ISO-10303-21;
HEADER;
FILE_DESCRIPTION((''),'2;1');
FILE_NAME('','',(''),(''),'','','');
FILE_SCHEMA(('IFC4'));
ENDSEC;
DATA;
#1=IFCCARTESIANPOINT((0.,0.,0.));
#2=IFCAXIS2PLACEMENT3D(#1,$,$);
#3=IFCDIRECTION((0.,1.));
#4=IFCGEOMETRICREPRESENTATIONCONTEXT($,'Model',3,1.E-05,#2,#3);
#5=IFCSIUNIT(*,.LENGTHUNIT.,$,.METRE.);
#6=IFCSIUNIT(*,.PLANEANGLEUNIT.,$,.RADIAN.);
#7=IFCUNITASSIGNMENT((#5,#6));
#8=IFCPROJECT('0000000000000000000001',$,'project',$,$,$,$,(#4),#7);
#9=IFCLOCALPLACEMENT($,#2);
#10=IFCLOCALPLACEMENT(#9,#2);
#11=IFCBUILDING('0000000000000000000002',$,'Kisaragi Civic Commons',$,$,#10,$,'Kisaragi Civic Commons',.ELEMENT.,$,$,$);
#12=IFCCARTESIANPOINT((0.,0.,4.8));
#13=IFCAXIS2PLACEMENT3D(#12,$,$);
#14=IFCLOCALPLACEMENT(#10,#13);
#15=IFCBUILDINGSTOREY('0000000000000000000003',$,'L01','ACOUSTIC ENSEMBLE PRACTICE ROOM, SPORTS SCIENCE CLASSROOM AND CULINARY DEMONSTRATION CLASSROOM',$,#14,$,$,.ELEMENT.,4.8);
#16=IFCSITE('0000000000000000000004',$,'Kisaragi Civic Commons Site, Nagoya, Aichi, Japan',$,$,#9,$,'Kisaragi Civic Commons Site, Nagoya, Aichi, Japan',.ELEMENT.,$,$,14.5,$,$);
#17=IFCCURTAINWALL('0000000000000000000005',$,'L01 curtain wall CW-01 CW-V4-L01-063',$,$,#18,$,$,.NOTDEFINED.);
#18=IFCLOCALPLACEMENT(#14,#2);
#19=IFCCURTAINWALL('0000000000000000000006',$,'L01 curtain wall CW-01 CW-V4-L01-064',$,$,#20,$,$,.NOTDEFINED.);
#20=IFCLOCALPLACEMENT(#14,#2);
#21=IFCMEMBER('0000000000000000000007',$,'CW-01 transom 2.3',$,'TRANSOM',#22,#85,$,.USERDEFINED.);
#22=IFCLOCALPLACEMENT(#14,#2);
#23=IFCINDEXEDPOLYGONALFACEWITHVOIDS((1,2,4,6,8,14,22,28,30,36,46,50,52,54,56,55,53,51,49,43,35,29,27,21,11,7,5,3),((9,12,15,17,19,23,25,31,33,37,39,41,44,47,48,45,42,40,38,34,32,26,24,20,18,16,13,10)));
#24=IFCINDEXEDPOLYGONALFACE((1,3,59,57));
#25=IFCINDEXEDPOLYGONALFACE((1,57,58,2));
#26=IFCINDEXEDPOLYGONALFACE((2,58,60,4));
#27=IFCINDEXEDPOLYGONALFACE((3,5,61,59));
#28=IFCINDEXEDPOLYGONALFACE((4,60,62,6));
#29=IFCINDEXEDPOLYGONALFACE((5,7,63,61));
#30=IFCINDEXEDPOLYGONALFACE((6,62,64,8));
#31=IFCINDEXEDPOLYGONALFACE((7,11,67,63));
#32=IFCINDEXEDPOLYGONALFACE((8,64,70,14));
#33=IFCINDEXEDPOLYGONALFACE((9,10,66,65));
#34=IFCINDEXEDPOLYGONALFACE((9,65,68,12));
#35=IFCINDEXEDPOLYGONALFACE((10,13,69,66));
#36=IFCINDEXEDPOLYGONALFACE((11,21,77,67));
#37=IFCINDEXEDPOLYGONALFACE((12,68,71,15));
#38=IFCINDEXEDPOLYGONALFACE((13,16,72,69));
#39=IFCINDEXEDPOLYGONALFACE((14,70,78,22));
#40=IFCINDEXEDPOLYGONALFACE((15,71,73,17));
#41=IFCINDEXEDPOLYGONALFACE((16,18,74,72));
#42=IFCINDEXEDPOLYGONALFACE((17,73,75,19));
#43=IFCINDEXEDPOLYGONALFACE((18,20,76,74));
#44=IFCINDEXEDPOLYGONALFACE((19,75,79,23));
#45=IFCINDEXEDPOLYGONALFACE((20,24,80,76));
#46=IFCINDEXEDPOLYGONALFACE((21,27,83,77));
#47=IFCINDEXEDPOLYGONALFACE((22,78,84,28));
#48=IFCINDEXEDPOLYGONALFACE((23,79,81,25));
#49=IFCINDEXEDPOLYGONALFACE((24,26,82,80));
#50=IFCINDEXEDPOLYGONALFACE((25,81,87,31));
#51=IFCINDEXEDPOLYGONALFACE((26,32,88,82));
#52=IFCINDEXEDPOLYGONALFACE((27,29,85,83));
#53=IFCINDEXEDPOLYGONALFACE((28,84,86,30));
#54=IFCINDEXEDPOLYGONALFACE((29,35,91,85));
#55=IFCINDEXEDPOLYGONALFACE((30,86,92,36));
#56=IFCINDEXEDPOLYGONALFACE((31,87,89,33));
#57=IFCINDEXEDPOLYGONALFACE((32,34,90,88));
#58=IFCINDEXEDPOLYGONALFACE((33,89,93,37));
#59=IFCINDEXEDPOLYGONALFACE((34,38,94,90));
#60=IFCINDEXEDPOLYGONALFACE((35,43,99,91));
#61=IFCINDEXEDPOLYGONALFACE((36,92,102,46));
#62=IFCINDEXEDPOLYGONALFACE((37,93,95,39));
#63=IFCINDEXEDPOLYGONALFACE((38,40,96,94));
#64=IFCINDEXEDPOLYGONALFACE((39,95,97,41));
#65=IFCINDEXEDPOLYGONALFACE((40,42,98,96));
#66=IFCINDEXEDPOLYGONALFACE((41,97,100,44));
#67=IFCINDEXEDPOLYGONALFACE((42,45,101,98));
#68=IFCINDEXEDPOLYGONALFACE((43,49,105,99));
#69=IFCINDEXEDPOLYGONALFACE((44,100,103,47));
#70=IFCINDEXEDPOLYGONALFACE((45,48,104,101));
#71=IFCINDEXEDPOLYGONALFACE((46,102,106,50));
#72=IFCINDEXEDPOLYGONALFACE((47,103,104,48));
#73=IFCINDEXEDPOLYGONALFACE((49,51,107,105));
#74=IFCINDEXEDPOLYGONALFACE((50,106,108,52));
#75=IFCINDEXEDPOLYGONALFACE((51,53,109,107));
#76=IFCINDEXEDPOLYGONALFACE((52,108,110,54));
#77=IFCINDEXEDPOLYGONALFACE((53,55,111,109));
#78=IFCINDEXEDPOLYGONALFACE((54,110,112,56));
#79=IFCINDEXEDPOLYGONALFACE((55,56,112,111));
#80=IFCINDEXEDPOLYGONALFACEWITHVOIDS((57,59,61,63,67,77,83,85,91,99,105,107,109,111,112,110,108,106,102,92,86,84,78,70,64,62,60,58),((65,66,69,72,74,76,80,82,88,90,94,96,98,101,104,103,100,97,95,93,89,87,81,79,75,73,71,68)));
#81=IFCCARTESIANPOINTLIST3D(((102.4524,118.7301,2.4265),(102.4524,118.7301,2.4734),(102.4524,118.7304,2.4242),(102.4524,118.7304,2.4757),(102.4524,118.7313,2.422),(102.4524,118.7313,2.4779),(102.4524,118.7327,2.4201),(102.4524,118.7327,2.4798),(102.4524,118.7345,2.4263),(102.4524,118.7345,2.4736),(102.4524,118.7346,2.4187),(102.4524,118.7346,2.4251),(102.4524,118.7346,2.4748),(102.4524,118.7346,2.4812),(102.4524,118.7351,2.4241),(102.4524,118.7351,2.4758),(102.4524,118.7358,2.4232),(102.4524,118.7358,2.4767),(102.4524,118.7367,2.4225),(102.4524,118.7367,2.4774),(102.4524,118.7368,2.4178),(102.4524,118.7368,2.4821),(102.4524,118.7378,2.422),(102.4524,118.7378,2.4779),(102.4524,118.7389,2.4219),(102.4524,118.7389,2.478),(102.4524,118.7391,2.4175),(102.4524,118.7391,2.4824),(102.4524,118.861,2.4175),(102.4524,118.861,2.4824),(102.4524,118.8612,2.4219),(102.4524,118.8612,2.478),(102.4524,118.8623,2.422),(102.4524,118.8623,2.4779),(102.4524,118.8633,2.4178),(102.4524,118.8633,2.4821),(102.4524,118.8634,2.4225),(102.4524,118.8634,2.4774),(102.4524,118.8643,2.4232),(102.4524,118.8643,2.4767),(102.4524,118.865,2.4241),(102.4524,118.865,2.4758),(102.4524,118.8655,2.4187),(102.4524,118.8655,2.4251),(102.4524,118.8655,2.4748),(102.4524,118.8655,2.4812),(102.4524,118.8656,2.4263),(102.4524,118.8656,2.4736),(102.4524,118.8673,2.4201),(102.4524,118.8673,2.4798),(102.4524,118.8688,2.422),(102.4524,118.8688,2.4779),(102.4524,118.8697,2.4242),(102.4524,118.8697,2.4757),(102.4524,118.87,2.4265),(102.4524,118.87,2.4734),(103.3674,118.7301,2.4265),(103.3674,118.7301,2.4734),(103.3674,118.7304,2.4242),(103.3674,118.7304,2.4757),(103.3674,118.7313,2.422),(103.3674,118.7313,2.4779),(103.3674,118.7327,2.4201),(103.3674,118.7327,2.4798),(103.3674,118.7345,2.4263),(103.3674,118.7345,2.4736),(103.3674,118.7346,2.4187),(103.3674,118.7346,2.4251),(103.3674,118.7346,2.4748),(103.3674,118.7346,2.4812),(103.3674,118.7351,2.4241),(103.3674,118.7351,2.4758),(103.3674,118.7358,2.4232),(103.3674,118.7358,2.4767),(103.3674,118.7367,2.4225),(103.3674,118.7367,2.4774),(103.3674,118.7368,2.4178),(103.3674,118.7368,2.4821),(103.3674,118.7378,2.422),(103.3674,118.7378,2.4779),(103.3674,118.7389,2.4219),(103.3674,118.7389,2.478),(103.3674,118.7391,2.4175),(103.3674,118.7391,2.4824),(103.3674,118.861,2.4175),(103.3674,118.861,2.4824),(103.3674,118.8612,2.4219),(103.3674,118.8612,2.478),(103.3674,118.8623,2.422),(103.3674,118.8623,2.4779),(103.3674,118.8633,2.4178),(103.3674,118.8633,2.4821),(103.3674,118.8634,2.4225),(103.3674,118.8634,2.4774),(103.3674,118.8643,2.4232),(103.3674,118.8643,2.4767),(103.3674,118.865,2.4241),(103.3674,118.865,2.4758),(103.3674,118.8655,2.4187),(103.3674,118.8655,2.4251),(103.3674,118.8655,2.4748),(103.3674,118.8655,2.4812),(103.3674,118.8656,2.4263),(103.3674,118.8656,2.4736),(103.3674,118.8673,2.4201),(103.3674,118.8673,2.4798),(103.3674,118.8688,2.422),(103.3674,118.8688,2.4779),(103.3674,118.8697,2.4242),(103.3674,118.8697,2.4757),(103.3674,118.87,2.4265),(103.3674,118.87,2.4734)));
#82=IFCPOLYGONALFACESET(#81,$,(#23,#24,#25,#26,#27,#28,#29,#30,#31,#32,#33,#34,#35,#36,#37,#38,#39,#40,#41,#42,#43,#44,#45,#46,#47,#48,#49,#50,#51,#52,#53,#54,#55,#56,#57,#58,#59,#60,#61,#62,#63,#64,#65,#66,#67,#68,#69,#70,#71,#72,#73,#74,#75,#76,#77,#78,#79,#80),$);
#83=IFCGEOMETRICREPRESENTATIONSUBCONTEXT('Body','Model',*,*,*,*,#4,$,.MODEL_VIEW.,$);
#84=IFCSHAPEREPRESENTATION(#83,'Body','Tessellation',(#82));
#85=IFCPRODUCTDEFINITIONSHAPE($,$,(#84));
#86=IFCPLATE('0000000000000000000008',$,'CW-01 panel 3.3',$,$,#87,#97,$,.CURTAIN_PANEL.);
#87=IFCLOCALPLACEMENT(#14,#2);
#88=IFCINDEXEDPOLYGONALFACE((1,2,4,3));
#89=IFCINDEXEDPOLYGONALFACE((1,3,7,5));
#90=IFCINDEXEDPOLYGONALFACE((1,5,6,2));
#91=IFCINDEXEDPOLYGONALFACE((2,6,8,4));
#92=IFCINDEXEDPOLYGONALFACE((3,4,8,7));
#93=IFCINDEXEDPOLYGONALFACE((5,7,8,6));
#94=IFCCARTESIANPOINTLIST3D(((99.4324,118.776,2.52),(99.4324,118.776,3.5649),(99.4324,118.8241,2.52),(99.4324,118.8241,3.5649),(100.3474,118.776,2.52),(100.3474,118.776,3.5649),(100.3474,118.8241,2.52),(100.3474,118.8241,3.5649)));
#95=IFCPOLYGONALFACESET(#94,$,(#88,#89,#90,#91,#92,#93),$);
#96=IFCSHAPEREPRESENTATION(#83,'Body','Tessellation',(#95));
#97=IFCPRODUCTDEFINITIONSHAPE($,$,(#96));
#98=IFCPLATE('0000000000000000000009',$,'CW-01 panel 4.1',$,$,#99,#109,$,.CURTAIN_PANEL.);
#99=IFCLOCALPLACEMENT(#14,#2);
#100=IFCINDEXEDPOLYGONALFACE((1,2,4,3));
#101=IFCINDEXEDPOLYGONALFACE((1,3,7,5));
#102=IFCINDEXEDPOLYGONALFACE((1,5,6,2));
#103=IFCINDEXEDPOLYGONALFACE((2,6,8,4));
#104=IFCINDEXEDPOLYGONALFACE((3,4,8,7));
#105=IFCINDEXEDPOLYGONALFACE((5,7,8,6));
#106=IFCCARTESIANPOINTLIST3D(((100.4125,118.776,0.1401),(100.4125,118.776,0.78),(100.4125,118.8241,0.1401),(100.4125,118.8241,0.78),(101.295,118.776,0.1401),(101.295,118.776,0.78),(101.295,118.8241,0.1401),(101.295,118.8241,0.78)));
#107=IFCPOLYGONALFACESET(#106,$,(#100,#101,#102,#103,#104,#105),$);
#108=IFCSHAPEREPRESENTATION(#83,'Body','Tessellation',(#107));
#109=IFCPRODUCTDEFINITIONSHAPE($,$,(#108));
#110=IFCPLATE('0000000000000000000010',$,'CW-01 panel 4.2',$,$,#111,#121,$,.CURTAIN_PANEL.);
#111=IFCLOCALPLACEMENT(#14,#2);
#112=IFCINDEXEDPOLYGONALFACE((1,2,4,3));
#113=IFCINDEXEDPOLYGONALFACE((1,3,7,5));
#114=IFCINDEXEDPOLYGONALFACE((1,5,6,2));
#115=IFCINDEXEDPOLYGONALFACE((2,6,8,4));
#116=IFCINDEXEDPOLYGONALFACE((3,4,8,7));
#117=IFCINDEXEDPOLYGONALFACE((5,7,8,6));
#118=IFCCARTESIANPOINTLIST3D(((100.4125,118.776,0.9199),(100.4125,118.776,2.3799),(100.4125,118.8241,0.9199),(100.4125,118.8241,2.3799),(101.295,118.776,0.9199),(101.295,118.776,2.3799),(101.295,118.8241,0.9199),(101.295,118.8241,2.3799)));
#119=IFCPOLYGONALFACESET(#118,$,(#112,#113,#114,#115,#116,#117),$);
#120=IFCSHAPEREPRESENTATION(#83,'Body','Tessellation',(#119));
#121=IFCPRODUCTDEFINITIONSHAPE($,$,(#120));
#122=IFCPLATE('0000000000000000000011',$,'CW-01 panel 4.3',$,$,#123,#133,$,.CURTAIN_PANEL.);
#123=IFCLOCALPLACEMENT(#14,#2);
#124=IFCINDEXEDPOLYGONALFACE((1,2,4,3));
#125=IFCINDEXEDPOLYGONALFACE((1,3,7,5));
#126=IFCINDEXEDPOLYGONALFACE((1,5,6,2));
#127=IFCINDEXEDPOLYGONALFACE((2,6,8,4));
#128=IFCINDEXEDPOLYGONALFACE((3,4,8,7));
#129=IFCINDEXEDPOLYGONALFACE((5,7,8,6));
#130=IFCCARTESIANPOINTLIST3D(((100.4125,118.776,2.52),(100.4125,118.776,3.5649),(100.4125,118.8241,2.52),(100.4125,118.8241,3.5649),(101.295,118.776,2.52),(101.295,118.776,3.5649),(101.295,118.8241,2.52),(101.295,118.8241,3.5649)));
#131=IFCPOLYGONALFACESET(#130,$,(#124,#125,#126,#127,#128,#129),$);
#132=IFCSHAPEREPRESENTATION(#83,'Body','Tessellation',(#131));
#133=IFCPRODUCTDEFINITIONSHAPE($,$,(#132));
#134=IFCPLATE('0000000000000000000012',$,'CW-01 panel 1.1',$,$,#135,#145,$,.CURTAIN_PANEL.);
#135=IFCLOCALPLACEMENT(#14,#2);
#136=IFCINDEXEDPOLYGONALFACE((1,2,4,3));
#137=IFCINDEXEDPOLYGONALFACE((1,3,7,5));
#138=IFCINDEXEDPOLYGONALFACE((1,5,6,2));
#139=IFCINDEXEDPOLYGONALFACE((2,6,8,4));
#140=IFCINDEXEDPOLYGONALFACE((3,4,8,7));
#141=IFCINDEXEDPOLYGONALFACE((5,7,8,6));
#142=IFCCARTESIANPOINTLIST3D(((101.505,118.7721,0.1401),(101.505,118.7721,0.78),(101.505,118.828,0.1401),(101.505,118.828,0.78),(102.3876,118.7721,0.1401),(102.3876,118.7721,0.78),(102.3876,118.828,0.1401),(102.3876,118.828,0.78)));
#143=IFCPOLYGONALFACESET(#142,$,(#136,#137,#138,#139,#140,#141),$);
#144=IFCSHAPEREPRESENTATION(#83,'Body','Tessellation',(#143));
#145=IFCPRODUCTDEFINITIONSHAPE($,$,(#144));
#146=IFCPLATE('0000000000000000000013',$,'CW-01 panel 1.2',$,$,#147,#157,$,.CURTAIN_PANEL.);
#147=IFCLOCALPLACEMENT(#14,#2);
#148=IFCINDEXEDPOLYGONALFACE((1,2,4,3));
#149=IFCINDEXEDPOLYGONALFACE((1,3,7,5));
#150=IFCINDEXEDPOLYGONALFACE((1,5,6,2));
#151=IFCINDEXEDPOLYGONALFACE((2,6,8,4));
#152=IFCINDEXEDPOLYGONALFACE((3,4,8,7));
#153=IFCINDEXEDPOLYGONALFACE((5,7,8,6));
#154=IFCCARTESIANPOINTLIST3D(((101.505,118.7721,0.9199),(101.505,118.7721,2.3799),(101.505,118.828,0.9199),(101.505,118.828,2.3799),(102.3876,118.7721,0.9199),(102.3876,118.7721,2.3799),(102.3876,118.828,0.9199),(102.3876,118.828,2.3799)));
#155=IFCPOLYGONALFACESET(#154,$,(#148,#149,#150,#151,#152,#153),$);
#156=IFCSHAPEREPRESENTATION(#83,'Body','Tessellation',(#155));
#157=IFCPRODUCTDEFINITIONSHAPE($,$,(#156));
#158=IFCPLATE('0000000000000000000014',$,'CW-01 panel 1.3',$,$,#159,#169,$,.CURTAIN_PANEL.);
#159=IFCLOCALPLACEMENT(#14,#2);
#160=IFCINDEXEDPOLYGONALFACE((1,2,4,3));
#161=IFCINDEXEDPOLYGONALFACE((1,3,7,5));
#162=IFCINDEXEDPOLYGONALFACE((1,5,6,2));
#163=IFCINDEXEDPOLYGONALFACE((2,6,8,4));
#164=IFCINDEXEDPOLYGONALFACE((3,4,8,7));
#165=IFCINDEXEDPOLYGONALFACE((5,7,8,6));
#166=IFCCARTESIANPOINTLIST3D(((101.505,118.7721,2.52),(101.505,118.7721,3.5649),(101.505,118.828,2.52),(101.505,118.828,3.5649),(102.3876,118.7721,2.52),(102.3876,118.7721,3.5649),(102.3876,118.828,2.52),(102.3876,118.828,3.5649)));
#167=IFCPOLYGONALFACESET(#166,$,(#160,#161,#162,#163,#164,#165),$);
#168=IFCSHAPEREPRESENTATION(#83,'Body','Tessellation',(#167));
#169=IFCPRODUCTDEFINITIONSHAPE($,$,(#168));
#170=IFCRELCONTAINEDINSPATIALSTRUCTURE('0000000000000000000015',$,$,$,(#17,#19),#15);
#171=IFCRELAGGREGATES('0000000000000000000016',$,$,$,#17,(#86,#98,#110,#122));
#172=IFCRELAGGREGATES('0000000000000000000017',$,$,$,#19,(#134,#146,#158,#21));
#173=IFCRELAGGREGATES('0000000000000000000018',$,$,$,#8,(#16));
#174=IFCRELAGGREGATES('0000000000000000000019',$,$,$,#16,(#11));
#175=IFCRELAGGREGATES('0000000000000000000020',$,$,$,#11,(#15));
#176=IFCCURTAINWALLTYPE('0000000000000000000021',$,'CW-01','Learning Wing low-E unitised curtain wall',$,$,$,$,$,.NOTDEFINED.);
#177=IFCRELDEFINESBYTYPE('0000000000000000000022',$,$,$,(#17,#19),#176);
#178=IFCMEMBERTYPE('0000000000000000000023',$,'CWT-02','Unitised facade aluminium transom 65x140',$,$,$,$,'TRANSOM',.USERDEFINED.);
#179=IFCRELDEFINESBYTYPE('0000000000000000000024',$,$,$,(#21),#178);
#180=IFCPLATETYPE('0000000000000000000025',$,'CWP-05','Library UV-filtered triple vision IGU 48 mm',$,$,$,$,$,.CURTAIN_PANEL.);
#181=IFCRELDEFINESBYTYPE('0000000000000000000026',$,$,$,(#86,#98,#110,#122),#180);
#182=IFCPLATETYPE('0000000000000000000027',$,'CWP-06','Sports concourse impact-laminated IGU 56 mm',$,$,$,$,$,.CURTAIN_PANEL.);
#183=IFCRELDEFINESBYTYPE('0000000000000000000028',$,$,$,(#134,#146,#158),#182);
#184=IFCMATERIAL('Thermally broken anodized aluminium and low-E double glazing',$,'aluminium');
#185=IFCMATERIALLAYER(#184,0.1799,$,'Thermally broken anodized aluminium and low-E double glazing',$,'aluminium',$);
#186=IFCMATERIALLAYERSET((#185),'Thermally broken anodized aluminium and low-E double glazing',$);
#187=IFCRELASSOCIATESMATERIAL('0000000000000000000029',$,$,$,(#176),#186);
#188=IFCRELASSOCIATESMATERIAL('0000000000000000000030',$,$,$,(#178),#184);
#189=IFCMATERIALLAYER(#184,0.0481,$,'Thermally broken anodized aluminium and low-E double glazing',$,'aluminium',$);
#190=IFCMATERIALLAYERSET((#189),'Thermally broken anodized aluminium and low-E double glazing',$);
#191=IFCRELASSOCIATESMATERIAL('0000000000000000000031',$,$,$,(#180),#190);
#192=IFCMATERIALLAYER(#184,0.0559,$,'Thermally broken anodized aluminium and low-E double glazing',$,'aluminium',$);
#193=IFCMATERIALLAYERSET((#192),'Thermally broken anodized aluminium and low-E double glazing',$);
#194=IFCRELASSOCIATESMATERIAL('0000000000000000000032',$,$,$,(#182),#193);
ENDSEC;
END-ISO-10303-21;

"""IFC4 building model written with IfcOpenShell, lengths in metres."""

from ifc_helpers import new_model, si_unit, direction, frame, origin, origin_2d, place, context, subcontext, project, spatial, rectangle, hollow_rectangle, extrude, material, layer, layer_set, material_profile, profile_set, type_object, element, aggregate, save


model = new_model("IFC4")

# Units and contexts
model_context = context("Model", 3, precision=1e-05, world=origin(), true_north=direction((0.0, 1.0)))
body_context = subcontext(model_context, "Body", "Model", "MODEL_VIEW")
ifc_project = project(units=[si_unit("LENGTHUNIT", "METRE"), si_unit("PLANEANGLEUNIT", "RADIAN")], contexts=[model_context])

# Site, building, storey
site_placement = place(None, origin())
site = spatial("IfcSite", under=ifc_project, at=site_placement, Name="Kisaragi Civic Commons Site, Nagoya, Aichi, Japan", LongName="Kisaragi Civic Commons Site, Nagoya, Aichi, Japan", CompositionType="ELEMENT", RefElevation=14.5)
building_placement = place(site_placement, origin())
building = spatial("IfcBuilding", under=site, at=building_placement, Name="Kisaragi Civic Commons", LongName="Kisaragi Civic Commons", CompositionType="ELEMENT")
storey_placement = place(building_placement, frame((0.0, 0.0, 4.8)))
storey = spatial("IfcBuildingStorey", under=building, at=storey_placement, Name="L01", Description="ACOUSTIC ENSEMBLE PRACTICE ROOM, SPORTS SCIENCE CLASSROOM AND CULINARY DEMONSTRATION CLASSROOM", CompositionType="ELEMENT", Elevation=4.8)

# Curtain walls
ifc_material = material(Name="Thermally broken anodized aluminium and low-E double glazing", Category="aluminium")
ifc_layer_1 = layer(ifc_material, 0.1799, Name="Thermally broken anodized aluminium and low-E double glazing", Category="aluminium")
ifc_layer_set_1 = layer_set([ifc_layer_1], Name="Thermally broken anodized aluminium and low-E double glazing")
curtain_wall_type = type_object("IfcCurtainWallType", Name="CW-01", Description="Learning Wing low-E unitised curtain wall", PredefinedType="NOTDEFINED", material=ifc_layer_set_1)
curtain_wall_1_placement = place(storey_placement, origin())
curtain_wall_1 = element("IfcCurtainWall", 1, at=curtain_wall_1_placement, inside=storey, type_object=curtain_wall_type, Name="L01 curtain wall CW-01 CW-V4-L01-063", PredefinedType="NOTDEFINED")
curtain_wall_2_placement = place(storey_placement, origin())
curtain_wall_2 = element("IfcCurtainWall", 2, at=curtain_wall_2_placement, inside=storey, type_object=curtain_wall_type, Name="L01 curtain wall CW-01 CW-V4-L01-064", PredefinedType="NOTDEFINED")

# Member
ifc_material_profile_1 = material_profile(ifc_material, hollow_rectangle(XDim=0.1399, YDim=0.0649, WallThickness=0.0044, InnerFilletRadius=0.0044, OuterFilletRadius=0.009, at=origin_2d()), Name="CWT-65x140x4.5", Category="aluminium")
ifc_profile_set_1 = profile_set([ifc_material_profile_1], Name="Thermally broken anodized aluminium and low-E double glazing")
member_type_1 = type_object("IfcMemberType", Name="CWT-02", Description="Unitised facade aluminium transom 65x140", ElementType="TRANSOM", PredefinedType="USERDEFINED", material=ifc_profile_set_1)
member_1_placement = place(storey_placement, frame((102.4524, 118.8, 2.45), z_axis=(1.0, 0.0, 0.0), x_axis=(0.0, 1.0, 0.0)))
member_1 = element("IfcMember", 3, at=member_1_placement, type_object=member_type_1, Name="CW-01 transom 2.3", ObjectType="TRANSOM", PredefinedType="USERDEFINED", context=body_context, shape_type="SweptSolid", body=[
    extrude(hollow_rectangle(XDim=0.1399, YDim=0.0649, WallThickness=0.0044, InnerFilletRadius=0.0044, OuterFilletRadius=0.009, at=origin_2d()), origin(), (0.0, 0.0, 1.0), 0.915),
])

# Plates
ifc_layer_2 = layer(ifc_material, 0.0481, Name="Thermally broken anodized aluminium and low-E double glazing", Category="aluminium")
ifc_layer_set_2 = layer_set([ifc_layer_2], Name="Thermally broken anodized aluminium and low-E double glazing")
plate_type_1 = type_object("IfcPlateType", Name="CWP-05", Description="Library UV-filtered triple vision IGU 48 mm", PredefinedType="CURTAIN_PANEL", material=ifc_layer_set_2)
plate_1_placement = place(storey_placement, frame((99.8899, 118.8, 2.52), z_axis=(0.0, 0.0, 1.0), x_axis=(1.0, 0.0, 0.0)))
plate_1 = element("IfcPlate", 4, at=plate_1_placement, type_object=plate_type_1, Name="CW-01 panel 3.3", PredefinedType="CURTAIN_PANEL", context=body_context, shape_type="SweptSolid", body=[
    extrude(rectangle(XDim=0.915, YDim=0.0481, at=origin_2d()), origin(), (0.0, 0.0, 1.0), 1.0449),
])
plate_2_placement = place(storey_placement, frame((100.8538, 118.8, 0.1401), z_axis=(0.0, 0.0, 1.0), x_axis=(1.0, 0.0, 0.0)))
plate_2 = element("IfcPlate", 5, at=plate_2_placement, type_object=plate_type_1, Name="CW-01 panel 4.1", PredefinedType="CURTAIN_PANEL", context=body_context, shape_type="SweptSolid", body=[
    extrude(rectangle(XDim=0.8826, YDim=0.0481, at=origin_2d()), origin(), (0.0, 0.0, 1.0), 0.6399),
])
plate_3_placement = place(storey_placement, frame((100.8538, 118.8, 0.9199), z_axis=(0.0, 0.0, 1.0), x_axis=(1.0, 0.0, 0.0)))
plate_3 = element("IfcPlate", 6, at=plate_3_placement, type_object=plate_type_1, Name="CW-01 panel 4.2", PredefinedType="CURTAIN_PANEL", context=body_context, shape_type="SweptSolid", body=[
    extrude(rectangle(XDim=0.8826, YDim=0.0481, at=origin_2d()), origin(), (0.0, 0.0, 1.0), 1.46),
])
plate_4_placement = place(storey_placement, frame((100.8538, 118.8, 2.52), z_axis=(0.0, 0.0, 1.0), x_axis=(1.0, 0.0, 0.0)))
plate_4 = element("IfcPlate", 7, at=plate_4_placement, type_object=plate_type_1, Name="CW-01 panel 4.3", PredefinedType="CURTAIN_PANEL", context=body_context, shape_type="SweptSolid", body=[
    extrude(rectangle(XDim=0.8826, YDim=0.0481, at=origin_2d()), origin(), (0.0, 0.0, 1.0), 1.0449),
])
aggregate(curtain_wall_1, [plate_1, plate_2, plate_3, plate_4])
ifc_layer_3 = layer(ifc_material, 0.0559, Name="Thermally broken anodized aluminium and low-E double glazing", Category="aluminium")
ifc_layer_set_3 = layer_set([ifc_layer_3], Name="Thermally broken anodized aluminium and low-E double glazing")
plate_type_2 = type_object("IfcPlateType", Name="CWP-06", Description="Sports concourse impact-laminated IGU 56 mm", PredefinedType="CURTAIN_PANEL", material=ifc_layer_set_3)
plate_5_placement = place(storey_placement, frame((101.9463, 118.8, 0.1401), z_axis=(0.0, 0.0, 1.0), x_axis=(1.0, 0.0, 0.0)))
plate_5 = element("IfcPlate", 8, at=plate_5_placement, type_object=plate_type_2, Name="CW-01 panel 1.1", PredefinedType="CURTAIN_PANEL", context=body_context, shape_type="SweptSolid", body=[
    extrude(rectangle(XDim=0.8826, YDim=0.0559, at=origin_2d()), origin(), (0.0, 0.0, 1.0), 0.6399),
])
plate_6_placement = place(storey_placement, frame((101.9463, 118.8, 0.9199), z_axis=(0.0, 0.0, 1.0), x_axis=(1.0, 0.0, 0.0)))
plate_6 = element("IfcPlate", 9, at=plate_6_placement, type_object=plate_type_2, Name="CW-01 panel 1.2", PredefinedType="CURTAIN_PANEL", context=body_context, shape_type="SweptSolid", body=[
    extrude(rectangle(XDim=0.8826, YDim=0.0559, at=origin_2d()), origin(), (0.0, 0.0, 1.0), 1.46),
])
plate_7_placement = place(storey_placement, frame((101.9463, 118.8, 2.52), z_axis=(0.0, 0.0, 1.0), x_axis=(1.0, 0.0, 0.0)))
plate_7 = element("IfcPlate", 10, at=plate_7_placement, type_object=plate_type_2, Name="CW-01 panel 1.3", PredefinedType="CURTAIN_PANEL", context=body_context, shape_type="SweptSolid", body=[
    extrude(rectangle(XDim=0.8826, YDim=0.0559, at=origin_2d()), origin(), (0.0, 0.0, 1.0), 1.0449),
])
aggregate(curtain_wall_2, [plate_5, plate_6, plate_7, member_1])

save(model, "model.ifc")
